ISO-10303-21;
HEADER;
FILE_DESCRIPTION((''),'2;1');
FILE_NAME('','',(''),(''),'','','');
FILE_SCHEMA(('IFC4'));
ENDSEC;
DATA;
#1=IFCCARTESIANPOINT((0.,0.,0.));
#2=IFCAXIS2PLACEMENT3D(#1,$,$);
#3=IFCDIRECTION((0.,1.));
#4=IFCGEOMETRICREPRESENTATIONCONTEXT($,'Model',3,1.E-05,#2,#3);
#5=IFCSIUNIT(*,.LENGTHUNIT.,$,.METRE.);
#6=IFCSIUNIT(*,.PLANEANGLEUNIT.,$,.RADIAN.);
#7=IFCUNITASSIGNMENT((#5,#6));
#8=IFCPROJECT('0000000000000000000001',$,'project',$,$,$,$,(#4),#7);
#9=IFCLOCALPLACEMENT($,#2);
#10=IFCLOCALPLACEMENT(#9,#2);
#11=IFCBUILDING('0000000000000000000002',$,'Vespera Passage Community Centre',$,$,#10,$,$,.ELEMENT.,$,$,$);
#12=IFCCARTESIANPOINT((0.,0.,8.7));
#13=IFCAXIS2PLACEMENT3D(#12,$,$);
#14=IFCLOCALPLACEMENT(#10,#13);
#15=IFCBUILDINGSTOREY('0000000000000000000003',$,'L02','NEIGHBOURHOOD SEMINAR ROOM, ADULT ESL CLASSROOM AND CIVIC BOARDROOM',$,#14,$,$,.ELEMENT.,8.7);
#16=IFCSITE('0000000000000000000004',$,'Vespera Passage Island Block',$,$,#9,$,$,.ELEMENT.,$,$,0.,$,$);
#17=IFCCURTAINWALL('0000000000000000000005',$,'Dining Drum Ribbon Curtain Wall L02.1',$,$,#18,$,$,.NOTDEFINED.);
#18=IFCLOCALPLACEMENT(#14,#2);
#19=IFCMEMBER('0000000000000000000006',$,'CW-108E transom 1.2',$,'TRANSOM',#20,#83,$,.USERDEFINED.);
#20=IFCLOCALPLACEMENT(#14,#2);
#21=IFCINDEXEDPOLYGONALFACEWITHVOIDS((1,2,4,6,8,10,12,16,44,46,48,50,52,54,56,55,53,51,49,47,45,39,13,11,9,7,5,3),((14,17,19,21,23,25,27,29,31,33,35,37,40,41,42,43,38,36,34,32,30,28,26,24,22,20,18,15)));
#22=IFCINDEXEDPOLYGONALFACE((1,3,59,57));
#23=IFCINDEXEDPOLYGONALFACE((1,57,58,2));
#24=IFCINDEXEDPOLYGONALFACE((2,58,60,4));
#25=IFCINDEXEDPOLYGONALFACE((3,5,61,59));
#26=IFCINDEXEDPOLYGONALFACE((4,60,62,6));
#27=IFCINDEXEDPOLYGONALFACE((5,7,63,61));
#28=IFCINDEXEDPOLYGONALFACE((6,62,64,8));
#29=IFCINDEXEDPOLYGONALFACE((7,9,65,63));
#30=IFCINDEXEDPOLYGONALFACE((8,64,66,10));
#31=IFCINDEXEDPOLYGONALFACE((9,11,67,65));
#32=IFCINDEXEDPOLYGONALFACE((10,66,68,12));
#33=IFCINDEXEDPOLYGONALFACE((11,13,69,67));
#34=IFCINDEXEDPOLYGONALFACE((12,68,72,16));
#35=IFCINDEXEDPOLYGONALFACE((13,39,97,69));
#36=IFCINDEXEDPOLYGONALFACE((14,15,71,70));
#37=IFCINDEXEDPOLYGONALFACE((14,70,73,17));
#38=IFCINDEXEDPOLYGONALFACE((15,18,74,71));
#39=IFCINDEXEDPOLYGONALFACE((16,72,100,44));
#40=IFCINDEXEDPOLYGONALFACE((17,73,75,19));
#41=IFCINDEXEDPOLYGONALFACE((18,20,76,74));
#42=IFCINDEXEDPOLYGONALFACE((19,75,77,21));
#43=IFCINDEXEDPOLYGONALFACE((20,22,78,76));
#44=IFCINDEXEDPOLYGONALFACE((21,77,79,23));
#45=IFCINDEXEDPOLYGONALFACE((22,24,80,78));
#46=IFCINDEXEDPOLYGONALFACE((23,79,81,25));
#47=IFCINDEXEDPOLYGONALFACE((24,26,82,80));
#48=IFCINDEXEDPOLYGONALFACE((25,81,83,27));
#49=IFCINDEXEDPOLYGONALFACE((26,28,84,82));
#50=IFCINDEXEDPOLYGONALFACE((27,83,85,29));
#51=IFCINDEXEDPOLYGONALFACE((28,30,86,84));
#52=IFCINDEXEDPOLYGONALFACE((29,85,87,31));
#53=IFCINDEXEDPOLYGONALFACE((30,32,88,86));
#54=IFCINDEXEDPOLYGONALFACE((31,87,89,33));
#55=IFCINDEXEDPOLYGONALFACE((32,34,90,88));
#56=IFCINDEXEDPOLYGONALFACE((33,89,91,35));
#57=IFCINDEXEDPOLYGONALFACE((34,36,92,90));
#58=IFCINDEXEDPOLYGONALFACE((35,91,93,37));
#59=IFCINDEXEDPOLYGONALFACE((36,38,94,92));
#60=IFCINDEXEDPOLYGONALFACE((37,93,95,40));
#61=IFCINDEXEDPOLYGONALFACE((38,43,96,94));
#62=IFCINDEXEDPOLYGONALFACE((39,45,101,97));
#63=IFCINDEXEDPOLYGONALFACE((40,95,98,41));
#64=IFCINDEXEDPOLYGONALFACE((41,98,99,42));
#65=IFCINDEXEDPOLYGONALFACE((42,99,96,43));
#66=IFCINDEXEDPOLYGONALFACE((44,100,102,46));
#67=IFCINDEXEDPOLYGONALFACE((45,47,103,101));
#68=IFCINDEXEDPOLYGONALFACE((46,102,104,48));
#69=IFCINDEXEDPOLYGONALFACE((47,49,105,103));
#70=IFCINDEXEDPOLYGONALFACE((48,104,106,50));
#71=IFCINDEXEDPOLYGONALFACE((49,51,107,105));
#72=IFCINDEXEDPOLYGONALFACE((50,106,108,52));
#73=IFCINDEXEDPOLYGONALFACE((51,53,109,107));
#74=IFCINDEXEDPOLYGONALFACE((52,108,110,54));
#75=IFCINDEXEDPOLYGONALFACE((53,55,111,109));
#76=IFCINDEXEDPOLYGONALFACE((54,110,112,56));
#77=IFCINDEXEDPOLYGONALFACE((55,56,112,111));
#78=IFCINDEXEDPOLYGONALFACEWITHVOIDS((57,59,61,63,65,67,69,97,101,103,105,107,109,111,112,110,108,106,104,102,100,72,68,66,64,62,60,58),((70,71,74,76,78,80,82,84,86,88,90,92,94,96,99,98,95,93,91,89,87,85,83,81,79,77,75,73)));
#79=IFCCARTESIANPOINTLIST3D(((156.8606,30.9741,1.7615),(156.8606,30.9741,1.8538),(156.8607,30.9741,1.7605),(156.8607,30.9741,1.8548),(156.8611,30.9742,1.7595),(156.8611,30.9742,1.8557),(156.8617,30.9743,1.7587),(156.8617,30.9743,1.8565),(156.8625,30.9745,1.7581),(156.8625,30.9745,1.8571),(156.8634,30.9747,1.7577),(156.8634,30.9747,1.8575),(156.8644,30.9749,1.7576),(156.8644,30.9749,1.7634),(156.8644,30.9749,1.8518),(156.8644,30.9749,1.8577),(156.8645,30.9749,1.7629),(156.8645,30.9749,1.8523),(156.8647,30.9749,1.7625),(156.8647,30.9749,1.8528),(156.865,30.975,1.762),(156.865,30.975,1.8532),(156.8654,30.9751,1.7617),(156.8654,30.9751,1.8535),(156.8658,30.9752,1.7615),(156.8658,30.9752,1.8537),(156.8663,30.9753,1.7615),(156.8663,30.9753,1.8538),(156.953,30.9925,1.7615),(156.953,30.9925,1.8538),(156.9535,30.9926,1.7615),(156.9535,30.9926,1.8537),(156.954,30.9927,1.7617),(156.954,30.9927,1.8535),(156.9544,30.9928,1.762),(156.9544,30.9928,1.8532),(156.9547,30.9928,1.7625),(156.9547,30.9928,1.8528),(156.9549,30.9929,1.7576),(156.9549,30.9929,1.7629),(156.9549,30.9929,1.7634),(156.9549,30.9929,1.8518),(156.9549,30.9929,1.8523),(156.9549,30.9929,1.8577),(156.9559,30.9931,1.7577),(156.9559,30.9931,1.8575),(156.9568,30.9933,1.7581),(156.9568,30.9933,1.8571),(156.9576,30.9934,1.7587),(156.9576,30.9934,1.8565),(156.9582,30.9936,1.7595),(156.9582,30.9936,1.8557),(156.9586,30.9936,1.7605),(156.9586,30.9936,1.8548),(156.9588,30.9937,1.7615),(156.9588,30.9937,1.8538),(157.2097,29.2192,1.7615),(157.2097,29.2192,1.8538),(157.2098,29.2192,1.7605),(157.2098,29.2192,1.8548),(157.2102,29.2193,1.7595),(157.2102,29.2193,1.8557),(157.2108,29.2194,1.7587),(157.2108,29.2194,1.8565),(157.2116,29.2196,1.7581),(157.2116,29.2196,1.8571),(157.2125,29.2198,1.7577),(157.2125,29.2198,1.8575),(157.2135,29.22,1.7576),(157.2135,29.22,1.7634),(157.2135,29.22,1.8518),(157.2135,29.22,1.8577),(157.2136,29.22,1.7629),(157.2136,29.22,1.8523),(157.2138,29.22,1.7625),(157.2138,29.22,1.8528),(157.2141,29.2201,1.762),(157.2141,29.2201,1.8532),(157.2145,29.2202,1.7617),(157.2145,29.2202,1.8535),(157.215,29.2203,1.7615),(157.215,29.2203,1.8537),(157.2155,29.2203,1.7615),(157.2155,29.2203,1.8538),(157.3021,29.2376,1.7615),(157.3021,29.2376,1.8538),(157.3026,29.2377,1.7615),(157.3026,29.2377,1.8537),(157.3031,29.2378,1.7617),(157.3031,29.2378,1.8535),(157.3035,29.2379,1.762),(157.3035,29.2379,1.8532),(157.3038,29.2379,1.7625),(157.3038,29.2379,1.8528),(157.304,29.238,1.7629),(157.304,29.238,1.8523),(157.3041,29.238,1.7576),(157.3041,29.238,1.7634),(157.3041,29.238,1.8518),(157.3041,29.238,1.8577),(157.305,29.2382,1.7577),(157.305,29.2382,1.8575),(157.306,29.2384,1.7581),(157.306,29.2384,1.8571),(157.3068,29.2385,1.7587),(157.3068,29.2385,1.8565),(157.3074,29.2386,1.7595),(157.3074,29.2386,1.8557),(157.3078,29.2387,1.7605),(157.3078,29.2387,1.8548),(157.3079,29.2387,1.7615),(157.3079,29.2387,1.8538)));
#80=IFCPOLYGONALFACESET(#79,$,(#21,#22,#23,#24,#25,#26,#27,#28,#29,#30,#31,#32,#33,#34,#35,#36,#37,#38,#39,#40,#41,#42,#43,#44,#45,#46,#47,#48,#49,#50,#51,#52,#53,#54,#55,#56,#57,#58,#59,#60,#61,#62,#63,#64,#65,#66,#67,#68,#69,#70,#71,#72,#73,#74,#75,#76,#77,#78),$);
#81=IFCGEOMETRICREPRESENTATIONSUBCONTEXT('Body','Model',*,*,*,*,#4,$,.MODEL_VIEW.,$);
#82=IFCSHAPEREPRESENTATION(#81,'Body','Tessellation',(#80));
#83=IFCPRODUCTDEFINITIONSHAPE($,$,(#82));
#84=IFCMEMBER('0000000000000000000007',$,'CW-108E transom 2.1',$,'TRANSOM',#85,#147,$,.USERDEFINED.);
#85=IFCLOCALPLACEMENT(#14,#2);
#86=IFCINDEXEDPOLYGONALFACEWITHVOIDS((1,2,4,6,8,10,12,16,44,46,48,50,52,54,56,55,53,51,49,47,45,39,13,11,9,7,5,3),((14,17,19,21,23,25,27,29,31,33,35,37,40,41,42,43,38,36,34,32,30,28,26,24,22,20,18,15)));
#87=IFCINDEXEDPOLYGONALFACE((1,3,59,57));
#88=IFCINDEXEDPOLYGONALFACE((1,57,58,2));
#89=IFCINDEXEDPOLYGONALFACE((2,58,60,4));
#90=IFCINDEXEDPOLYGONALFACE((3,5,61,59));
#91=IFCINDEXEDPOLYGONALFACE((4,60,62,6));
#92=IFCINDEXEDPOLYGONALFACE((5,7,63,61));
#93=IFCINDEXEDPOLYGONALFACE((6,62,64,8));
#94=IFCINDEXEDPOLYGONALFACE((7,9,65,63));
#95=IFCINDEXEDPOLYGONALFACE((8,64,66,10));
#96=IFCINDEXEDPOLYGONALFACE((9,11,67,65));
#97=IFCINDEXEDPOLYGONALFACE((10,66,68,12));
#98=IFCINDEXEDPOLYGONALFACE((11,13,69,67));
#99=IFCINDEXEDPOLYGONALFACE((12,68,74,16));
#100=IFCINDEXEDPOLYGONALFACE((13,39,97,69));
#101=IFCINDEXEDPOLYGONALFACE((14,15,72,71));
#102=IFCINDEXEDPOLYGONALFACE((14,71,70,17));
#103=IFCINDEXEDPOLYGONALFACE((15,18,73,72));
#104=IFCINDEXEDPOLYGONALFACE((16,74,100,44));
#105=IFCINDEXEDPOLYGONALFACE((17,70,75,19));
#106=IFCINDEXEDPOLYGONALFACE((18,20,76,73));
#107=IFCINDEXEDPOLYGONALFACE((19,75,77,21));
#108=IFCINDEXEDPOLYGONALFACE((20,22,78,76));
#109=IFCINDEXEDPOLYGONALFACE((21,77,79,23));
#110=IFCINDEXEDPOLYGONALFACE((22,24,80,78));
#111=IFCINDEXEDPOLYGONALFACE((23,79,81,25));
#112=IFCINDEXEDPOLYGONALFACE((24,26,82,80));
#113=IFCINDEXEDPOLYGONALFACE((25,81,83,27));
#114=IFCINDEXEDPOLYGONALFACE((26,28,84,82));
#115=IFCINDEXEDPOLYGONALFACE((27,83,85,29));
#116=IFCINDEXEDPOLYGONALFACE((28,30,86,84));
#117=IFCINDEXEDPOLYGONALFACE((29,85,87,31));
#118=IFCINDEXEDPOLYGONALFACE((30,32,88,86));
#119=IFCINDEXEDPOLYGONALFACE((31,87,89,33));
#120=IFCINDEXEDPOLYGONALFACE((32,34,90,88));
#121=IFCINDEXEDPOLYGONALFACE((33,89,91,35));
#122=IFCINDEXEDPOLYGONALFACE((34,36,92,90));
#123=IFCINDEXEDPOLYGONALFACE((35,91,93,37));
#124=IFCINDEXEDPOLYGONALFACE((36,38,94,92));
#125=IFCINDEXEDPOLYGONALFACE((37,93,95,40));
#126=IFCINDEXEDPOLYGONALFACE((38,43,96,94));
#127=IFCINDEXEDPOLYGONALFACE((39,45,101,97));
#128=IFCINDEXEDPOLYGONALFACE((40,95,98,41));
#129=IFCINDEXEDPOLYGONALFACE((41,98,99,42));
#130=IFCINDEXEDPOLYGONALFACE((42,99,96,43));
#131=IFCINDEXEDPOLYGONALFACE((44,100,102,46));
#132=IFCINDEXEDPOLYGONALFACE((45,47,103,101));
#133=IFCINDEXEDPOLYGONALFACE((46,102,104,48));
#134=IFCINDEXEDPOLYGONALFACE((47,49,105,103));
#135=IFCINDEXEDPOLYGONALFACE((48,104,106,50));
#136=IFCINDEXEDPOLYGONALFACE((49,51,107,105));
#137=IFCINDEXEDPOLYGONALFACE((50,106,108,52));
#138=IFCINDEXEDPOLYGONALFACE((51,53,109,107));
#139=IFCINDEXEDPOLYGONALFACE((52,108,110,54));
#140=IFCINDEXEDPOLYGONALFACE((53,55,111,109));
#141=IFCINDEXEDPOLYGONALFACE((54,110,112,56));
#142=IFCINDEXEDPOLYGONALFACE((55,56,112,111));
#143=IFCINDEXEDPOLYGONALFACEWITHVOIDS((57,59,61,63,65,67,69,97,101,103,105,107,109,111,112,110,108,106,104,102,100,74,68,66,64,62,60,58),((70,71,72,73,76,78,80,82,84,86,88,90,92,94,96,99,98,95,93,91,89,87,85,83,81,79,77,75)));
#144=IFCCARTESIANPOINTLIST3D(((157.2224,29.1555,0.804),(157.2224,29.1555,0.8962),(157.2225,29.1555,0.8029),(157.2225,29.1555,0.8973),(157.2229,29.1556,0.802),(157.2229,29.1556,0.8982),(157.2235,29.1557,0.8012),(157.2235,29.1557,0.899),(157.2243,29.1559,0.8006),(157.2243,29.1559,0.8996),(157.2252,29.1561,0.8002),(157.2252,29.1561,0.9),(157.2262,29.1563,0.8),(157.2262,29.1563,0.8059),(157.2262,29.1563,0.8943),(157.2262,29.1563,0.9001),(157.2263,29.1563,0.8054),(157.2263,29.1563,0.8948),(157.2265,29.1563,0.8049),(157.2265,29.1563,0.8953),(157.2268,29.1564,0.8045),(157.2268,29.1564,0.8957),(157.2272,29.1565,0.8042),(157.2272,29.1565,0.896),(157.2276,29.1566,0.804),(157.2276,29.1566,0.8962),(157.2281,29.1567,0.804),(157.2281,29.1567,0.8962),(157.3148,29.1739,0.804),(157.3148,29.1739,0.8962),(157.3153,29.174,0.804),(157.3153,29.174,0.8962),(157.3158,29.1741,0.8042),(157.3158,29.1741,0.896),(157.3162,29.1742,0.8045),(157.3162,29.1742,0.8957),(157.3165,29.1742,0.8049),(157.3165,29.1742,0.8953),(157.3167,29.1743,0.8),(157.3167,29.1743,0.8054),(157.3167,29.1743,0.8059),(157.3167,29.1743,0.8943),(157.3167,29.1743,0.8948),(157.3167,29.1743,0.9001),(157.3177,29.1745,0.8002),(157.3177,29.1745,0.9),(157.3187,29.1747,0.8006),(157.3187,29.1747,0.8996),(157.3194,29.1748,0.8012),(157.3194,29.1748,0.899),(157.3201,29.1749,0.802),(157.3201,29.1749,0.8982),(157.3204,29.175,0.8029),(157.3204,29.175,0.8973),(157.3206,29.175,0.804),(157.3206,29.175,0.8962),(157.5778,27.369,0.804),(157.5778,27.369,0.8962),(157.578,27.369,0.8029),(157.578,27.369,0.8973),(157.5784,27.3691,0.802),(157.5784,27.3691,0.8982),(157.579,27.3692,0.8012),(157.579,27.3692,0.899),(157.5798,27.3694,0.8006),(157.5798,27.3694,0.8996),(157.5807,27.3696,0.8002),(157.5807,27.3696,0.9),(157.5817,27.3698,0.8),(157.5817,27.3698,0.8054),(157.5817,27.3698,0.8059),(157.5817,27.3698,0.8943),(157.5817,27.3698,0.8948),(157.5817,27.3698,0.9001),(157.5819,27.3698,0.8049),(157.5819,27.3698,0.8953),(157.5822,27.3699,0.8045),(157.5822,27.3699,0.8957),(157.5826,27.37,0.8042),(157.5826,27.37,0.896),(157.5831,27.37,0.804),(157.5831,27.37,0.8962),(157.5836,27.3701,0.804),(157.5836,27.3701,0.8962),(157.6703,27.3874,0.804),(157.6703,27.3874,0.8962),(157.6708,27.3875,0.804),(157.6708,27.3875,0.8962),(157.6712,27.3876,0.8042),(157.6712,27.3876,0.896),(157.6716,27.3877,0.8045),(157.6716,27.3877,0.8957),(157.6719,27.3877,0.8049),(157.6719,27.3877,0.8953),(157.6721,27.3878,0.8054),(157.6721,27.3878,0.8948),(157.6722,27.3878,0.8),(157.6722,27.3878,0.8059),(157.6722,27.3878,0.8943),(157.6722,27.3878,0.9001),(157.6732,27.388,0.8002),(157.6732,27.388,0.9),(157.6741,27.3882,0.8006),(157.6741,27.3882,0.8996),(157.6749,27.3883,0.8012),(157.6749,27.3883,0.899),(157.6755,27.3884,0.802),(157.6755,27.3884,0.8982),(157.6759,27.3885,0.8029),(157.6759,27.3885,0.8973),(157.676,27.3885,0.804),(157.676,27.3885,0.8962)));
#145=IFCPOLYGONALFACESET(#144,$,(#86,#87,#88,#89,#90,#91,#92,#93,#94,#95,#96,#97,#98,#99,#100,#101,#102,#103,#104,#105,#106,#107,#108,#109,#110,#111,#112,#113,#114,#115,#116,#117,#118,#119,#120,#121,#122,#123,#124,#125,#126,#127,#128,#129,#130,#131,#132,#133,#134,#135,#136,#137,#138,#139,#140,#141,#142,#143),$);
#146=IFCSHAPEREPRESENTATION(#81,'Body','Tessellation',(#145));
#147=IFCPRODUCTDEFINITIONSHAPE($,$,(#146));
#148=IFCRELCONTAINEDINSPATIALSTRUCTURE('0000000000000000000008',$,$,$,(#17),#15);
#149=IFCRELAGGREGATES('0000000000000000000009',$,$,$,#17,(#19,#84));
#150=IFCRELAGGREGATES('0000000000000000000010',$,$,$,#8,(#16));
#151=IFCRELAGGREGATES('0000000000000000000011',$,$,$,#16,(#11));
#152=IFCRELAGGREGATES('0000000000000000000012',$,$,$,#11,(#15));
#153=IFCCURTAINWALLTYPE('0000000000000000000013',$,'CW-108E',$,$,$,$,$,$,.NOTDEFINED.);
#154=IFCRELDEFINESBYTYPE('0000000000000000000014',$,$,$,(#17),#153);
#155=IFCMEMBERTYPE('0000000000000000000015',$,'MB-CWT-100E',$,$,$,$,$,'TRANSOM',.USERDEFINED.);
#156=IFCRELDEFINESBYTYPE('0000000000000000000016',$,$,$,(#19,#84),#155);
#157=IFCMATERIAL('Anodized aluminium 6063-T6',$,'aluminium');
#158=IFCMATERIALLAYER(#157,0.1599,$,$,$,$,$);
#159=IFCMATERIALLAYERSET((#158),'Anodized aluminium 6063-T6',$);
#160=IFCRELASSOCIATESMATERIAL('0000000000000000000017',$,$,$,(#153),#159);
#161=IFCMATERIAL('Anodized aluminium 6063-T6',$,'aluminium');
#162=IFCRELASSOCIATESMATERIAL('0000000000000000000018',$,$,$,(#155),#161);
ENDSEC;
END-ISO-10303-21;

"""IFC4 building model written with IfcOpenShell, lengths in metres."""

from ifc_helpers import new_model, si_unit, direction, frame, origin, origin_2d, place, context, subcontext, project, spatial, hollow_rectangle, extrude, material, layer, layer_set, material_profile, profile_set, type_object, element, aggregate, save


model = new_model("IFC4")

# Units and contexts
model_context = context("Model", 3, precision=1e-05, world=origin(), true_north=direction((0.0, 1.0)))
body_context = subcontext(model_context, "Body", "Model", "MODEL_VIEW")
ifc_project = project(units=[si_unit("LENGTHUNIT", "METRE"), si_unit("PLANEANGLEUNIT", "RADIAN")], contexts=[model_context])

# Site, building, storey
site_placement = place(None, origin())
site = spatial("IfcSite", under=ifc_project, at=site_placement, Name="Vespera Passage Island Block", CompositionType="ELEMENT", RefElevation=0.0)
building_placement = place(site_placement, origin())
building = spatial("IfcBuilding", under=site, at=building_placement, Name="Vespera Passage Community Centre", CompositionType="ELEMENT")
storey_placement = place(building_placement, frame((0.0, 0.0, 8.7)))
storey = spatial("IfcBuildingStorey", under=building, at=storey_placement, Name="L02", Description="NEIGHBOURHOOD SEMINAR ROOM, ADULT ESL CLASSROOM AND CIVIC BOARDROOM", CompositionType="ELEMENT", Elevation=8.7)

# Curtain wall
ifc_material_1 = material(Name="Anodized aluminium 6063-T6", Category="aluminium")
ifc_layer_1 = layer(ifc_material_1, 0.1599)
ifc_layer_set_1 = layer_set([ifc_layer_1], Name="Anodized aluminium 6063-T6")
curtain_wall_type = type_object("IfcCurtainWallType", Name="CW-108E", PredefinedType="NOTDEFINED", material=ifc_layer_set_1)
curtain_wall_1_placement = place(storey_placement, origin())
curtain_wall_1 = element("IfcCurtainWall", 1, at=curtain_wall_1_placement, inside=storey, type_object=curtain_wall_type, Name="Dining Drum Ribbon Curtain Wall L02.1", PredefinedType="NOTDEFINED")

# Members
ifc_material_2 = material(Name="Anodized aluminium 6063-T6", Category="aluminium")
ifc_material_profile_1 = material_profile(ifc_material_2, hollow_rectangle(XDim=0.1001, YDim=0.1001, WallThickness=0.0039, InnerFilletRadius=0.002, OuterFilletRadius=0.0039, at=origin_2d()), Name="ALU100X100X4")
ifc_profile_set_1 = profile_set([ifc_material_profile_1], Name="Anodized aluminium 6063-T6")
member_type_1 = type_object("IfcMemberType", Name="MB-CWT-100E", ElementType="TRANSOM", PredefinedType="USERDEFINED", material=ifc_profile_set_1)
member_1_placement = place(storey_placement, frame((156.9097, 30.9839, 1.8076), z_axis=(0.195119, -0.98078, 0.0), x_axis=(0.98078, 0.195119, 0.0)))
member_1 = element("IfcMember", 2, at=member_1_placement, type_object=member_type_1, Name="CW-108E transom 1.2", ObjectType="TRANSOM", PredefinedType="USERDEFINED", context=body_context, shape_type="SweptSolid", body=[
    extrude(hollow_rectangle(XDim=0.1001, YDim=0.1001, WallThickness=0.0039, InnerFilletRadius=0.002, OuterFilletRadius=0.0039, at=origin_2d()), origin(), (0.0, 0.0, 1.0), 1.7893),
])
member_2_placement = place(storey_placement, frame((157.2715, 29.1653, 0.8501), z_axis=(0.195137, -0.980776, 0.0), x_axis=(0.980776, 0.195137, 0.0)))
member_2 = element("IfcMember", 3, at=member_2_placement, type_object=member_type_1, Name="CW-108E transom 2.1", ObjectType="TRANSOM", PredefinedType="USERDEFINED", context=body_context, shape_type="SweptSolid", body=[
    extrude(hollow_rectangle(XDim=0.1001, YDim=0.1001, WallThickness=0.0039, InnerFilletRadius=0.002, OuterFilletRadius=0.0039, at=origin_2d()), origin(), (0.0, 0.0, 1.0), 1.8215),
])

aggregate(curtain_wall_1, [member_1, member_2])

save(model, "model.ifc")
